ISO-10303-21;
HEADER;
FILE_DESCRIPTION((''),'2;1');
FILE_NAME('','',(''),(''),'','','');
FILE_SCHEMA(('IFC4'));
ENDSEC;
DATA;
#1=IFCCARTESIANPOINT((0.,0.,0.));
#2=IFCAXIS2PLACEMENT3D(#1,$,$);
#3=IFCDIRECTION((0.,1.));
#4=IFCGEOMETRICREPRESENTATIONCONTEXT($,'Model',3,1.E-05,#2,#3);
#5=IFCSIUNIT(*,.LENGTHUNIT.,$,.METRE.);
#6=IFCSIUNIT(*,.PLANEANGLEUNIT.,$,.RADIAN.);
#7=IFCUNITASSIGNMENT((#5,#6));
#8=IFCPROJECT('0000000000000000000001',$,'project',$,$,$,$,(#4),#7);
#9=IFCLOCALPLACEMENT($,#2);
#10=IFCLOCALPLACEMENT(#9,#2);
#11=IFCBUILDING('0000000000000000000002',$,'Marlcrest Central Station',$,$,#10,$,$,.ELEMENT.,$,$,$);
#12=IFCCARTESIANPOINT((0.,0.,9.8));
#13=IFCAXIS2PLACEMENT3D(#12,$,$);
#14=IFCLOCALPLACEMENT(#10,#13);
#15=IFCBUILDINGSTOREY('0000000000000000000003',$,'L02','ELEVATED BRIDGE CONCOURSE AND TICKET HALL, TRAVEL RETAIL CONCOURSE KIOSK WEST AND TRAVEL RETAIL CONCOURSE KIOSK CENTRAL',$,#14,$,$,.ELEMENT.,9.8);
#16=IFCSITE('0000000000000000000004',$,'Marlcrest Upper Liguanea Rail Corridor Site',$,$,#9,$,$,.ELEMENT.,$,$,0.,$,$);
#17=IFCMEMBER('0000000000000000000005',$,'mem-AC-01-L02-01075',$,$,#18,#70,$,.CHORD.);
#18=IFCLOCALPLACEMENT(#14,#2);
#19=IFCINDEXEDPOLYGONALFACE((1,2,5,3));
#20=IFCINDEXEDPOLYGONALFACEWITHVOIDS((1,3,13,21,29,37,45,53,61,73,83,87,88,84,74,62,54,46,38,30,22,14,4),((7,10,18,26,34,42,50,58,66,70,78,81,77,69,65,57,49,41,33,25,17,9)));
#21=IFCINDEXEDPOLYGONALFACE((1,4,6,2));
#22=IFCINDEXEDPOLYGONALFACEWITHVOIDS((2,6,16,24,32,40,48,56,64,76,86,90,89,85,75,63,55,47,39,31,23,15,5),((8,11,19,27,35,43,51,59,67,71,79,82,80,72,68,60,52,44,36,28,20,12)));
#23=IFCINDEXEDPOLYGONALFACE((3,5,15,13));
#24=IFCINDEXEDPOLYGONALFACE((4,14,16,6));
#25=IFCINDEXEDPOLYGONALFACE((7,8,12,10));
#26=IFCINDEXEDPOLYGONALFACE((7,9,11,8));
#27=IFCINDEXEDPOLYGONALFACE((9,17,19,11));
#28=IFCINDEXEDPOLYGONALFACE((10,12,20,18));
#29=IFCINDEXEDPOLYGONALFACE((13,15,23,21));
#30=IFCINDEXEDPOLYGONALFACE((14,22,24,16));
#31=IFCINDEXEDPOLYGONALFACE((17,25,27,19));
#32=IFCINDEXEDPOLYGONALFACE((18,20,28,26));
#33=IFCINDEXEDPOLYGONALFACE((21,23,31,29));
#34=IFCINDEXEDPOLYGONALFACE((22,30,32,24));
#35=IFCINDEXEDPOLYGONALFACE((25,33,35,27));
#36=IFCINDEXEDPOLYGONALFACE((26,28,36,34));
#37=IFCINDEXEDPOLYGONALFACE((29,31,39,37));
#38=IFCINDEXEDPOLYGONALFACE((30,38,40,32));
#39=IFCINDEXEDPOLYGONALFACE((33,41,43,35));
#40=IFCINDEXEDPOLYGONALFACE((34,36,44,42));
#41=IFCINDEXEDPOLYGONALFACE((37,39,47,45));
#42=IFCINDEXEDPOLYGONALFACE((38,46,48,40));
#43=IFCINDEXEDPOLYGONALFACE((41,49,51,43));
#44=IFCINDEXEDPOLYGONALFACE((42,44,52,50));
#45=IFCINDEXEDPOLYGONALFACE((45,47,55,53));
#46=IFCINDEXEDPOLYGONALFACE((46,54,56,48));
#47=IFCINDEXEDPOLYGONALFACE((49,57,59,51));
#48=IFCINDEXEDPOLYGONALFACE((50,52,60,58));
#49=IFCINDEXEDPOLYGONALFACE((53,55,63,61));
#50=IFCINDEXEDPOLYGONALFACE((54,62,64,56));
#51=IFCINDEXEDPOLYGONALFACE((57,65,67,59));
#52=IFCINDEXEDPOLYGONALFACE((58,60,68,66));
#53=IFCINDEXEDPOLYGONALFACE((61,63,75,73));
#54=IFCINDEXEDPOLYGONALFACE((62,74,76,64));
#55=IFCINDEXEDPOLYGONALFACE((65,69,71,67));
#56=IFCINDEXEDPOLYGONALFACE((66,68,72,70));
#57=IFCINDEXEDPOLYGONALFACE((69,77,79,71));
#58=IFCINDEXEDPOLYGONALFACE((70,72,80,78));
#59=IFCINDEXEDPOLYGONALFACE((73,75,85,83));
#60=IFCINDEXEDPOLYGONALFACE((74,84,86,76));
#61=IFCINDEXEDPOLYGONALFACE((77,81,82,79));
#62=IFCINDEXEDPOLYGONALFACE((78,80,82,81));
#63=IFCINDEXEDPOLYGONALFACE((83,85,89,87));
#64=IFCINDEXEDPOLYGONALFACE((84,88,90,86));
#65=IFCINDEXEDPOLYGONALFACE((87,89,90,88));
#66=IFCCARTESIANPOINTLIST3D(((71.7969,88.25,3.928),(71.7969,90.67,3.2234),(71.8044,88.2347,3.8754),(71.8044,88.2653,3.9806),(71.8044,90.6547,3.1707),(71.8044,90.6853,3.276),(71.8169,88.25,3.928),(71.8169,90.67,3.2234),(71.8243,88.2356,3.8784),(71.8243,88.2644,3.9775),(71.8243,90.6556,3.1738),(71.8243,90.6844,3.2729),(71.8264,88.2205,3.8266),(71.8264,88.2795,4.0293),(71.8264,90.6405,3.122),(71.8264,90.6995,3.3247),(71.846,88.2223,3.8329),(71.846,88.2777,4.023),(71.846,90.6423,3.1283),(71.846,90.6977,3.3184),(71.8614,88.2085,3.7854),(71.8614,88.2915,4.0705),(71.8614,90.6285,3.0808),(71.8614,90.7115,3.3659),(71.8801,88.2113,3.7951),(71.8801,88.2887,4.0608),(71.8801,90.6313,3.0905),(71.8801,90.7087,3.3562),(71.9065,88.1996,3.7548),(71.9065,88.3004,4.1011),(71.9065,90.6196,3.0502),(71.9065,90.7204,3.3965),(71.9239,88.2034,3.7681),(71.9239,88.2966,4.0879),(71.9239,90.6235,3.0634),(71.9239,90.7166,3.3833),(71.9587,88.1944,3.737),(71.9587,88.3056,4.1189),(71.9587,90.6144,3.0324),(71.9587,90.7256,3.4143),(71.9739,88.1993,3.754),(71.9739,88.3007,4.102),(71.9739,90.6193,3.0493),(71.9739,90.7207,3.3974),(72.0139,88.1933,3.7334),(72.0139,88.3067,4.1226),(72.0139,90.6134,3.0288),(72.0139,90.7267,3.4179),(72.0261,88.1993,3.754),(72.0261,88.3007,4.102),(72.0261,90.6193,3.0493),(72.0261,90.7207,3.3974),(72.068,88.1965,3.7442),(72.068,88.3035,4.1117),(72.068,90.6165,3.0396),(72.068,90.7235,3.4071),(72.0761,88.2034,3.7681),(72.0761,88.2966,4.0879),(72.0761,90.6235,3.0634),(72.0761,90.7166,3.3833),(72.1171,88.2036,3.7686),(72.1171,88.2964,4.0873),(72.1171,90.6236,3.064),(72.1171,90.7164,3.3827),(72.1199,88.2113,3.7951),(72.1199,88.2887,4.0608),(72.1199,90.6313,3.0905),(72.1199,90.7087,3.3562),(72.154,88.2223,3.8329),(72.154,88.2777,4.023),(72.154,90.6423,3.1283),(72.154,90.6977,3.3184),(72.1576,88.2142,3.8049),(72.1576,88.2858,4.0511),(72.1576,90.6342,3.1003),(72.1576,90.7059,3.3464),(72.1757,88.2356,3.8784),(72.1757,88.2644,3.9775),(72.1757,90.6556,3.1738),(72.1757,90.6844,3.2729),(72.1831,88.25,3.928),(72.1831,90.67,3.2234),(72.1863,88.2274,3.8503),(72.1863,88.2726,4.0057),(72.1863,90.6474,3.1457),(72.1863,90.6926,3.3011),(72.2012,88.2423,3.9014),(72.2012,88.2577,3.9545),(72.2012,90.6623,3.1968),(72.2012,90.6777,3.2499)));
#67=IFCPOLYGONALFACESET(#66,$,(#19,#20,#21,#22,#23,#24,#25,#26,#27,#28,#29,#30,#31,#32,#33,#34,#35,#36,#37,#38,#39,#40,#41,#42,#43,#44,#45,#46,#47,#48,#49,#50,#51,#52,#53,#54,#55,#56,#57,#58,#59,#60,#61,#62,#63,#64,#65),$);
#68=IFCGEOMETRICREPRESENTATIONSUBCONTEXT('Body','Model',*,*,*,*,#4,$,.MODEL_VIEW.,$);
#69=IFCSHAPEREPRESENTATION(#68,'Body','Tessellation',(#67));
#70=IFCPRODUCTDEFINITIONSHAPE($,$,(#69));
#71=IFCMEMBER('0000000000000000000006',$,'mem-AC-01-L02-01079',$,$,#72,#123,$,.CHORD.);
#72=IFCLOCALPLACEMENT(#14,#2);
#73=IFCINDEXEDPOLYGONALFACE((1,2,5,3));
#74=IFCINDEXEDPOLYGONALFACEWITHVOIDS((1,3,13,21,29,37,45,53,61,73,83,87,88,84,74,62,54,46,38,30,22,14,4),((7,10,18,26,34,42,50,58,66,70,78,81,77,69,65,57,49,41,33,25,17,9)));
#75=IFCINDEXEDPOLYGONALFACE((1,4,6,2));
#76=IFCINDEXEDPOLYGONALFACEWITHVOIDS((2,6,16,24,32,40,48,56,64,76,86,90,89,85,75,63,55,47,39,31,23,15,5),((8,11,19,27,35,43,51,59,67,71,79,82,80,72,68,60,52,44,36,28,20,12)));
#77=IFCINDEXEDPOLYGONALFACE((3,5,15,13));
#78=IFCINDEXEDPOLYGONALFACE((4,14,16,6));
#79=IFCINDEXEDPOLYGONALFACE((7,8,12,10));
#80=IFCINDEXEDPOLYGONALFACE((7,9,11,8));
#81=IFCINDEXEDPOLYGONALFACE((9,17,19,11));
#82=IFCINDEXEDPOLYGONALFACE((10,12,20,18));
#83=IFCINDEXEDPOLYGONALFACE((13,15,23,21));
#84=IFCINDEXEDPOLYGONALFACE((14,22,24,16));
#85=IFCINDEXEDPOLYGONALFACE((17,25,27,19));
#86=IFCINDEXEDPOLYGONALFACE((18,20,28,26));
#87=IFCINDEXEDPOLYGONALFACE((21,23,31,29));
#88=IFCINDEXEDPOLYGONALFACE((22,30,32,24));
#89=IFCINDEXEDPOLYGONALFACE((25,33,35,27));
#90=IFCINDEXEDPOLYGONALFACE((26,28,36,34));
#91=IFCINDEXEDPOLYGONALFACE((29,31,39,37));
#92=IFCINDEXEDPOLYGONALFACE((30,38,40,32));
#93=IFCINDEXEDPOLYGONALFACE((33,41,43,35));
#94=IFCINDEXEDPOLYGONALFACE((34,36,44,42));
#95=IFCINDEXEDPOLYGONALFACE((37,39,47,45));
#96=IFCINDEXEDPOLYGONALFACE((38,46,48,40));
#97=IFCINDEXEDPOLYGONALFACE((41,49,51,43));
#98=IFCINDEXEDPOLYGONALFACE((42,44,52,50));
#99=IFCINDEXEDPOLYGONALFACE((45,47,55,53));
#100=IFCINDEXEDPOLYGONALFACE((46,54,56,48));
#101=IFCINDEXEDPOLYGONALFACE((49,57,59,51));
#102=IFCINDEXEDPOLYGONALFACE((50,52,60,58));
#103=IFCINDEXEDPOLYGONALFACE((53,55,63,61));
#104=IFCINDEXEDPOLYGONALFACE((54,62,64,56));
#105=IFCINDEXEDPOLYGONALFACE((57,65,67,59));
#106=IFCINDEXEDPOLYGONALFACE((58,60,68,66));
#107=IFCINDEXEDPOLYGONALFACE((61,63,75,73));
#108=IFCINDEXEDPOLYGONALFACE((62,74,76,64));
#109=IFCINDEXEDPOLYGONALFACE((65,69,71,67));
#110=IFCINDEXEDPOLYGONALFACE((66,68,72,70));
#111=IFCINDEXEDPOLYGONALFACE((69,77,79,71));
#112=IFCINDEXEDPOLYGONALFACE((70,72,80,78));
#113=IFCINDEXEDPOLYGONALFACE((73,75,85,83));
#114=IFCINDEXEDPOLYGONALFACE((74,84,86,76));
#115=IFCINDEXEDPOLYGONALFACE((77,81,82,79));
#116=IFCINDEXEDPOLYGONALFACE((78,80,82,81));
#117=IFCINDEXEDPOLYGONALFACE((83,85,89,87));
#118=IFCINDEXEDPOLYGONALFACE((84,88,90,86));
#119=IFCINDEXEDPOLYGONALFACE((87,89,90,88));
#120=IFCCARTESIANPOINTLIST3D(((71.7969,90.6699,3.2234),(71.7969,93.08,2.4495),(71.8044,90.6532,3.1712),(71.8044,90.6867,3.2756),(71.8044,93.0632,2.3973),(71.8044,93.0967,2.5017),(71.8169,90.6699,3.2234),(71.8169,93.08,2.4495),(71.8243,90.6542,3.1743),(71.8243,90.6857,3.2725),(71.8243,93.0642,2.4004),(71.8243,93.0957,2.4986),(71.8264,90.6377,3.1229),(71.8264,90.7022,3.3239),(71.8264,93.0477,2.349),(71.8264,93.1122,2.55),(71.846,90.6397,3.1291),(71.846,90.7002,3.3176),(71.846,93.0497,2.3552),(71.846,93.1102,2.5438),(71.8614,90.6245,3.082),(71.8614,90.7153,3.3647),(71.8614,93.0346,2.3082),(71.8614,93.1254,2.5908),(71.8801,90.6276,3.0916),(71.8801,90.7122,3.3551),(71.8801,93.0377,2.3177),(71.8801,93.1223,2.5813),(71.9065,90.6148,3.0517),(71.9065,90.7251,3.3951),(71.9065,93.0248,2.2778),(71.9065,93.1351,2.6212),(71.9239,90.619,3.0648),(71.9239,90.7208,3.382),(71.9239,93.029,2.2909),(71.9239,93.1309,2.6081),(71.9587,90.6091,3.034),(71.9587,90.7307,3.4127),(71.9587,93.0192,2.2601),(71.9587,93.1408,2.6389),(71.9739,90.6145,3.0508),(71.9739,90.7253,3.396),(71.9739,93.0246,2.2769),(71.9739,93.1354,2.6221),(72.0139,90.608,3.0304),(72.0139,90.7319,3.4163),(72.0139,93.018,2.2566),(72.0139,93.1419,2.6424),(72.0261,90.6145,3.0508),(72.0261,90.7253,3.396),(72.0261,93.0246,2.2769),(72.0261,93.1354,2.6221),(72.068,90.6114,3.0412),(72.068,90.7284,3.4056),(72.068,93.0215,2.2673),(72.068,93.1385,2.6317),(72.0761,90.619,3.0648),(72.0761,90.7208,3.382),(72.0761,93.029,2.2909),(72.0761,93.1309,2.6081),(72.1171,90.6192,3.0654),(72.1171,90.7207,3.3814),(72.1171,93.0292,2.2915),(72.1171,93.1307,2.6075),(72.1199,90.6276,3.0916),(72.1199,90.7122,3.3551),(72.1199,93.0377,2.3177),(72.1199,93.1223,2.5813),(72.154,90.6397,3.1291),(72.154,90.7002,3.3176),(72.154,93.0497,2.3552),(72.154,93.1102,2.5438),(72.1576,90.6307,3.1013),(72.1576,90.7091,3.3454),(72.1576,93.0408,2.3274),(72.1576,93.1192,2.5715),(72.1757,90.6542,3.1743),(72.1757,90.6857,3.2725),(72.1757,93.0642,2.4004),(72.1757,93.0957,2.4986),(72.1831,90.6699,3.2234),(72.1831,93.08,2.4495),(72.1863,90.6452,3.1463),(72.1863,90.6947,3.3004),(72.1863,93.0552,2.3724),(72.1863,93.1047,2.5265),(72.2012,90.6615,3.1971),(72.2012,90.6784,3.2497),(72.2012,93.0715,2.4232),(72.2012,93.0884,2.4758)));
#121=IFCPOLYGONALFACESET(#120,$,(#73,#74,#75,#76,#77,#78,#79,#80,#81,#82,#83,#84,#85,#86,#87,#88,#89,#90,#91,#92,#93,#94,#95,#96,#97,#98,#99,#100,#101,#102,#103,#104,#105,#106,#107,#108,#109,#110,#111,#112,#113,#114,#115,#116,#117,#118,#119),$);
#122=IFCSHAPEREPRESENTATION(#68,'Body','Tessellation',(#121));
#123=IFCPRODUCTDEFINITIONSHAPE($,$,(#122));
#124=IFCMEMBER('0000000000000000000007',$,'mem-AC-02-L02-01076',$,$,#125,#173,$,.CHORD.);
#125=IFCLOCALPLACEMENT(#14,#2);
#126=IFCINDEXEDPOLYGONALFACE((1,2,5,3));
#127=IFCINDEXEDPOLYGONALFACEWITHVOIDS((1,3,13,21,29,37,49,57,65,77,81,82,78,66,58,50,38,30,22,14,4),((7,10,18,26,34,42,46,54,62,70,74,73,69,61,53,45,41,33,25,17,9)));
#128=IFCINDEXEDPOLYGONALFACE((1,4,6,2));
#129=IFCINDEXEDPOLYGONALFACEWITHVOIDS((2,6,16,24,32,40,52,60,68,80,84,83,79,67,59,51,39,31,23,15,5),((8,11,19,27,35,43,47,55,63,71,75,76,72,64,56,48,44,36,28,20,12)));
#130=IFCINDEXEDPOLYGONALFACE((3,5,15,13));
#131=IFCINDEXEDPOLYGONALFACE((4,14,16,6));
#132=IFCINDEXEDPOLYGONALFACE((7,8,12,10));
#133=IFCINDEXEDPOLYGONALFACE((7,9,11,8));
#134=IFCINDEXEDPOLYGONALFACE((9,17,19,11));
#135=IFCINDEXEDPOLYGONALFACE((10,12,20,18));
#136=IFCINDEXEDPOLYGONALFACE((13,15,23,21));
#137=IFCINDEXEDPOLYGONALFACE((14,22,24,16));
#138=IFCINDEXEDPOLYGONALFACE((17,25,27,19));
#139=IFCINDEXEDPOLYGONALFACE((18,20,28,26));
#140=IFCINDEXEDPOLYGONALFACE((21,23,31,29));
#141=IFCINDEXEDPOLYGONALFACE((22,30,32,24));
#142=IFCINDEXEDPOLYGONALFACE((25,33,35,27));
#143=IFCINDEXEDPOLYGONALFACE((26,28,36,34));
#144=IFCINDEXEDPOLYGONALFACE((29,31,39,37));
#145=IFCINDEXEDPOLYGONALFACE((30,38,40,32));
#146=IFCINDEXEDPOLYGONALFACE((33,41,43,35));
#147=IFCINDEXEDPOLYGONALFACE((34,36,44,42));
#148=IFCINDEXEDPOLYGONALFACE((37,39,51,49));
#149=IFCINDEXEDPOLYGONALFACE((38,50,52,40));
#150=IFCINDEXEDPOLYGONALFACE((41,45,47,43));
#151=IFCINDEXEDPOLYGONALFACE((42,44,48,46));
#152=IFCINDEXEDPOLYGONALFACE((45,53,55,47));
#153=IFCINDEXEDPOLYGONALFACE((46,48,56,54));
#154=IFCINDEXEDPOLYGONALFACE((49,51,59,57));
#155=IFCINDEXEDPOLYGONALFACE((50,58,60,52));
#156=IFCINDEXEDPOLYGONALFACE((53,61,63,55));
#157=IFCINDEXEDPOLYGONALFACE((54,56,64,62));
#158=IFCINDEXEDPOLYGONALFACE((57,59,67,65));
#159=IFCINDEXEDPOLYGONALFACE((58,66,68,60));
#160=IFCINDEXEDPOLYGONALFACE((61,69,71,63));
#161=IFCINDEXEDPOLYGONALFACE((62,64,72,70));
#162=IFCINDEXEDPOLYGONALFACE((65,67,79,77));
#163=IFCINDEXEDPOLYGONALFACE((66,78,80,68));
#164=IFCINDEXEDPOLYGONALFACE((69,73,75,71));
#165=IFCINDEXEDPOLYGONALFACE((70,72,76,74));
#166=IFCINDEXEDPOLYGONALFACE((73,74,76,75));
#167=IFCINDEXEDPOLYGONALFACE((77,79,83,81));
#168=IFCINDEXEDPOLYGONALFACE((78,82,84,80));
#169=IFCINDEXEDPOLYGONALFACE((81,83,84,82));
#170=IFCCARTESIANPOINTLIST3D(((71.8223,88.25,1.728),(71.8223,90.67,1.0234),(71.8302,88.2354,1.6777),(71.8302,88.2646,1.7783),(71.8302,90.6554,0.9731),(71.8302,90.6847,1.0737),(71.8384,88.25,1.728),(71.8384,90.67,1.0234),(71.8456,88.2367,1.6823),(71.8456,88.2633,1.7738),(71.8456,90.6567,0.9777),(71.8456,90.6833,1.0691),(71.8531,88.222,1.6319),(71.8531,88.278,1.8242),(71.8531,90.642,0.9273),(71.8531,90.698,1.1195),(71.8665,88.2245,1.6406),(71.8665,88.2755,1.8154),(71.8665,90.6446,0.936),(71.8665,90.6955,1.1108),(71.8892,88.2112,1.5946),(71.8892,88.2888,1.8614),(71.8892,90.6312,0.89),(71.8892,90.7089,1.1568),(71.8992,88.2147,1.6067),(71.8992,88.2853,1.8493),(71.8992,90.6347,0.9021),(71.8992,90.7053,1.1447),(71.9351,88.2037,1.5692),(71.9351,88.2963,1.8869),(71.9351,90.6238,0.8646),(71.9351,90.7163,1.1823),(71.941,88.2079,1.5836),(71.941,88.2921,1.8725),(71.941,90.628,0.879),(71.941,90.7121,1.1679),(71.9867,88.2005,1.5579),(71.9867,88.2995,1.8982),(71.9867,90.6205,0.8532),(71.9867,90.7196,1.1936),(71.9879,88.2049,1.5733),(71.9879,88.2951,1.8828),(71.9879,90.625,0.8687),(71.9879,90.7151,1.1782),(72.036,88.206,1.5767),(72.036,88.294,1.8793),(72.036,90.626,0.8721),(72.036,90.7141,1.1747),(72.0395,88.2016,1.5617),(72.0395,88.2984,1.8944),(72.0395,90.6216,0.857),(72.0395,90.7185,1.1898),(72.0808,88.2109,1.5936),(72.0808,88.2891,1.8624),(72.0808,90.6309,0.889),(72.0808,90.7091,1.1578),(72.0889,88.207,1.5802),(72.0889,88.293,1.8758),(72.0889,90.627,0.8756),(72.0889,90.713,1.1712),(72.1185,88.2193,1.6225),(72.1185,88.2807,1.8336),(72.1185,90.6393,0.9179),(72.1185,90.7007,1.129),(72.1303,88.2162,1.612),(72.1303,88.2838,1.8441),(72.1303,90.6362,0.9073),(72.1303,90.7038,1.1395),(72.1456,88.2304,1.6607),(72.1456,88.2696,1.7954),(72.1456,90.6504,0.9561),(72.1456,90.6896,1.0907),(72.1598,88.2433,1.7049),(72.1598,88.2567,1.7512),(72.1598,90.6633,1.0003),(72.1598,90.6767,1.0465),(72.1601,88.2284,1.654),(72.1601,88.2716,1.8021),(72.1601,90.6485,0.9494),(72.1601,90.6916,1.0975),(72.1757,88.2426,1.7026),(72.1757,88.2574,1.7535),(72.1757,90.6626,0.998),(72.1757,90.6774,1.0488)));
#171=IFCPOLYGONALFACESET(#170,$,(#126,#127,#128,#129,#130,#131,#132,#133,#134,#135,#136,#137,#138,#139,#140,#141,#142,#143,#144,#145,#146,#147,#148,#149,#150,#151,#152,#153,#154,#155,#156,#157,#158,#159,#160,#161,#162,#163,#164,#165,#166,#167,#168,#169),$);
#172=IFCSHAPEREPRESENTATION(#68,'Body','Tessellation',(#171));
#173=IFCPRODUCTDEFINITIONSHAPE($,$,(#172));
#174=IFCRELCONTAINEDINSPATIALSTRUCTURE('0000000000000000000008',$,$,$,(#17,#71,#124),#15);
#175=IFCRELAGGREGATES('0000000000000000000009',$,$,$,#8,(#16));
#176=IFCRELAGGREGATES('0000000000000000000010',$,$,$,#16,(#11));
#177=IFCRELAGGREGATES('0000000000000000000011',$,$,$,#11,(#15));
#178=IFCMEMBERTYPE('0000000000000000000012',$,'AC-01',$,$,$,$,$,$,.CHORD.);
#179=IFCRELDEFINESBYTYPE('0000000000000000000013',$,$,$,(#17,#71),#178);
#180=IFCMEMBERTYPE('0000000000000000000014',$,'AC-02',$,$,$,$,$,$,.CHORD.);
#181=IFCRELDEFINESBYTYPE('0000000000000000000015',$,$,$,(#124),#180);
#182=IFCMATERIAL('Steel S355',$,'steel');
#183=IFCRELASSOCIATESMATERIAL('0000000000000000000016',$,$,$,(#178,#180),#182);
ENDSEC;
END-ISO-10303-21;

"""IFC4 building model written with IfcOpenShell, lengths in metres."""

from ifc_helpers import new_model, si_unit, direction, frame, origin, origin_2d, place, context, subcontext, project, spatial, hollow_circle, extrude, material, material_profile, profile_set, type_object, element, save


model = new_model("IFC4")

# Units and contexts
model_context = context("Model", 3, precision=1e-05, world=origin(), true_north=direction((0.0, 1.0)))
body_context = subcontext(model_context, "Body", "Model", "MODEL_VIEW")
ifc_project = project(units=[si_unit("LENGTHUNIT", "METRE"), si_unit("PLANEANGLEUNIT", "RADIAN")], contexts=[model_context])

# Site, building, storey
site_placement = place(None, origin())
site = spatial("IfcSite", under=ifc_project, at=site_placement, Name="Marlcrest Upper Liguanea Rail Corridor Site", CompositionType="ELEMENT", RefElevation=0.0)
building_placement = place(site_placement, origin())
building = spatial("IfcBuilding", under=site, at=building_placement, Name="Marlcrest Central Station", CompositionType="ELEMENT")
storey_placement = place(building_placement, frame((0.0, 0.0, 9.8)))
storey = spatial("IfcBuildingStorey", under=building, at=storey_placement, Name="L02", Description="ELEVATED BRIDGE CONCOURSE AND TICKET HALL, TRAVEL RETAIL CONCOURSE KIOSK WEST AND TRAVEL RETAIL CONCOURSE KIOSK CENTRAL", CompositionType="ELEMENT", Elevation=9.8)

# Members
ifc_material = material(Name="Steel S355", Category="steel")
ifc_material_profile_1 = material_profile(ifc_material, hollow_circle(Radius=0.2031, WallThickness=0.02, at=origin_2d()), Name="CHS 406.4x20")
ifc_profile_set_1 = profile_set([ifc_material_profile_1], Name="Steel S355")
member_type_1 = type_object("IfcMemberType", Name="AC-01", PredefinedType="CHORD", material=ifc_profile_set_1)
member_1_placement = place(storey_placement, frame((72.0, 88.25, 3.928), z_axis=(0.0, 0.96013, -0.279554), x_axis=(-1.0, 0.0, 0.0)))
element("IfcMember", 1, at=member_1_placement, inside=storey, type_object=member_type_1, Name="mem-AC-01-L02-01075", PredefinedType="CHORD", context=body_context, shape_type="SweptSolid", body=[
    extrude(hollow_circle(Radius=0.2031, WallThickness=0.02, at=origin_2d()), origin(), (0.0, 0.0, 1.0), 2.5205),
])
member_2_placement = place(storey_placement, frame((72.0, 90.6699, 3.2234), z_axis=(0.0, 0.952117, -0.305734), x_axis=(-1.0, 0.0, 0.0)))
element("IfcMember", 2, at=member_2_placement, inside=storey, type_object=member_type_1, Name="mem-AC-01-L02-01079", PredefinedType="CHORD", context=body_context, shape_type="SweptSolid", body=[
    extrude(hollow_circle(Radius=0.2031, WallThickness=0.02, at=origin_2d()), origin(), (0.0, 0.0, 1.0), 2.5312),
])
ifc_material_profile_2 = material_profile(ifc_material, hollow_circle(Radius=0.1777, WallThickness=0.0161, at=origin_2d()), Name="CHS 355.6x16")
ifc_profile_set_2 = profile_set([ifc_material_profile_2], Name="Steel S355")
member_type_2 = type_object("IfcMemberType", Name="AC-02", PredefinedType="CHORD", material=ifc_profile_set_2)
member_3_placement = place(storey_placement, frame((72.0, 88.25, 1.728), z_axis=(0.0, 0.96013, -0.279554), x_axis=(-1.0, 0.0, 0.0)))
element("IfcMember", 3, at=member_3_placement, inside=storey, type_object=member_type_2, Name="mem-AC-02-L02-01076", PredefinedType="CHORD", context=body_context, shape_type="SweptSolid", body=[
    extrude(hollow_circle(Radius=0.1777, WallThickness=0.0161, at=origin_2d()), origin(), (0.0, 0.0, 1.0), 2.5205),
])

save(model, "model.ifc")
